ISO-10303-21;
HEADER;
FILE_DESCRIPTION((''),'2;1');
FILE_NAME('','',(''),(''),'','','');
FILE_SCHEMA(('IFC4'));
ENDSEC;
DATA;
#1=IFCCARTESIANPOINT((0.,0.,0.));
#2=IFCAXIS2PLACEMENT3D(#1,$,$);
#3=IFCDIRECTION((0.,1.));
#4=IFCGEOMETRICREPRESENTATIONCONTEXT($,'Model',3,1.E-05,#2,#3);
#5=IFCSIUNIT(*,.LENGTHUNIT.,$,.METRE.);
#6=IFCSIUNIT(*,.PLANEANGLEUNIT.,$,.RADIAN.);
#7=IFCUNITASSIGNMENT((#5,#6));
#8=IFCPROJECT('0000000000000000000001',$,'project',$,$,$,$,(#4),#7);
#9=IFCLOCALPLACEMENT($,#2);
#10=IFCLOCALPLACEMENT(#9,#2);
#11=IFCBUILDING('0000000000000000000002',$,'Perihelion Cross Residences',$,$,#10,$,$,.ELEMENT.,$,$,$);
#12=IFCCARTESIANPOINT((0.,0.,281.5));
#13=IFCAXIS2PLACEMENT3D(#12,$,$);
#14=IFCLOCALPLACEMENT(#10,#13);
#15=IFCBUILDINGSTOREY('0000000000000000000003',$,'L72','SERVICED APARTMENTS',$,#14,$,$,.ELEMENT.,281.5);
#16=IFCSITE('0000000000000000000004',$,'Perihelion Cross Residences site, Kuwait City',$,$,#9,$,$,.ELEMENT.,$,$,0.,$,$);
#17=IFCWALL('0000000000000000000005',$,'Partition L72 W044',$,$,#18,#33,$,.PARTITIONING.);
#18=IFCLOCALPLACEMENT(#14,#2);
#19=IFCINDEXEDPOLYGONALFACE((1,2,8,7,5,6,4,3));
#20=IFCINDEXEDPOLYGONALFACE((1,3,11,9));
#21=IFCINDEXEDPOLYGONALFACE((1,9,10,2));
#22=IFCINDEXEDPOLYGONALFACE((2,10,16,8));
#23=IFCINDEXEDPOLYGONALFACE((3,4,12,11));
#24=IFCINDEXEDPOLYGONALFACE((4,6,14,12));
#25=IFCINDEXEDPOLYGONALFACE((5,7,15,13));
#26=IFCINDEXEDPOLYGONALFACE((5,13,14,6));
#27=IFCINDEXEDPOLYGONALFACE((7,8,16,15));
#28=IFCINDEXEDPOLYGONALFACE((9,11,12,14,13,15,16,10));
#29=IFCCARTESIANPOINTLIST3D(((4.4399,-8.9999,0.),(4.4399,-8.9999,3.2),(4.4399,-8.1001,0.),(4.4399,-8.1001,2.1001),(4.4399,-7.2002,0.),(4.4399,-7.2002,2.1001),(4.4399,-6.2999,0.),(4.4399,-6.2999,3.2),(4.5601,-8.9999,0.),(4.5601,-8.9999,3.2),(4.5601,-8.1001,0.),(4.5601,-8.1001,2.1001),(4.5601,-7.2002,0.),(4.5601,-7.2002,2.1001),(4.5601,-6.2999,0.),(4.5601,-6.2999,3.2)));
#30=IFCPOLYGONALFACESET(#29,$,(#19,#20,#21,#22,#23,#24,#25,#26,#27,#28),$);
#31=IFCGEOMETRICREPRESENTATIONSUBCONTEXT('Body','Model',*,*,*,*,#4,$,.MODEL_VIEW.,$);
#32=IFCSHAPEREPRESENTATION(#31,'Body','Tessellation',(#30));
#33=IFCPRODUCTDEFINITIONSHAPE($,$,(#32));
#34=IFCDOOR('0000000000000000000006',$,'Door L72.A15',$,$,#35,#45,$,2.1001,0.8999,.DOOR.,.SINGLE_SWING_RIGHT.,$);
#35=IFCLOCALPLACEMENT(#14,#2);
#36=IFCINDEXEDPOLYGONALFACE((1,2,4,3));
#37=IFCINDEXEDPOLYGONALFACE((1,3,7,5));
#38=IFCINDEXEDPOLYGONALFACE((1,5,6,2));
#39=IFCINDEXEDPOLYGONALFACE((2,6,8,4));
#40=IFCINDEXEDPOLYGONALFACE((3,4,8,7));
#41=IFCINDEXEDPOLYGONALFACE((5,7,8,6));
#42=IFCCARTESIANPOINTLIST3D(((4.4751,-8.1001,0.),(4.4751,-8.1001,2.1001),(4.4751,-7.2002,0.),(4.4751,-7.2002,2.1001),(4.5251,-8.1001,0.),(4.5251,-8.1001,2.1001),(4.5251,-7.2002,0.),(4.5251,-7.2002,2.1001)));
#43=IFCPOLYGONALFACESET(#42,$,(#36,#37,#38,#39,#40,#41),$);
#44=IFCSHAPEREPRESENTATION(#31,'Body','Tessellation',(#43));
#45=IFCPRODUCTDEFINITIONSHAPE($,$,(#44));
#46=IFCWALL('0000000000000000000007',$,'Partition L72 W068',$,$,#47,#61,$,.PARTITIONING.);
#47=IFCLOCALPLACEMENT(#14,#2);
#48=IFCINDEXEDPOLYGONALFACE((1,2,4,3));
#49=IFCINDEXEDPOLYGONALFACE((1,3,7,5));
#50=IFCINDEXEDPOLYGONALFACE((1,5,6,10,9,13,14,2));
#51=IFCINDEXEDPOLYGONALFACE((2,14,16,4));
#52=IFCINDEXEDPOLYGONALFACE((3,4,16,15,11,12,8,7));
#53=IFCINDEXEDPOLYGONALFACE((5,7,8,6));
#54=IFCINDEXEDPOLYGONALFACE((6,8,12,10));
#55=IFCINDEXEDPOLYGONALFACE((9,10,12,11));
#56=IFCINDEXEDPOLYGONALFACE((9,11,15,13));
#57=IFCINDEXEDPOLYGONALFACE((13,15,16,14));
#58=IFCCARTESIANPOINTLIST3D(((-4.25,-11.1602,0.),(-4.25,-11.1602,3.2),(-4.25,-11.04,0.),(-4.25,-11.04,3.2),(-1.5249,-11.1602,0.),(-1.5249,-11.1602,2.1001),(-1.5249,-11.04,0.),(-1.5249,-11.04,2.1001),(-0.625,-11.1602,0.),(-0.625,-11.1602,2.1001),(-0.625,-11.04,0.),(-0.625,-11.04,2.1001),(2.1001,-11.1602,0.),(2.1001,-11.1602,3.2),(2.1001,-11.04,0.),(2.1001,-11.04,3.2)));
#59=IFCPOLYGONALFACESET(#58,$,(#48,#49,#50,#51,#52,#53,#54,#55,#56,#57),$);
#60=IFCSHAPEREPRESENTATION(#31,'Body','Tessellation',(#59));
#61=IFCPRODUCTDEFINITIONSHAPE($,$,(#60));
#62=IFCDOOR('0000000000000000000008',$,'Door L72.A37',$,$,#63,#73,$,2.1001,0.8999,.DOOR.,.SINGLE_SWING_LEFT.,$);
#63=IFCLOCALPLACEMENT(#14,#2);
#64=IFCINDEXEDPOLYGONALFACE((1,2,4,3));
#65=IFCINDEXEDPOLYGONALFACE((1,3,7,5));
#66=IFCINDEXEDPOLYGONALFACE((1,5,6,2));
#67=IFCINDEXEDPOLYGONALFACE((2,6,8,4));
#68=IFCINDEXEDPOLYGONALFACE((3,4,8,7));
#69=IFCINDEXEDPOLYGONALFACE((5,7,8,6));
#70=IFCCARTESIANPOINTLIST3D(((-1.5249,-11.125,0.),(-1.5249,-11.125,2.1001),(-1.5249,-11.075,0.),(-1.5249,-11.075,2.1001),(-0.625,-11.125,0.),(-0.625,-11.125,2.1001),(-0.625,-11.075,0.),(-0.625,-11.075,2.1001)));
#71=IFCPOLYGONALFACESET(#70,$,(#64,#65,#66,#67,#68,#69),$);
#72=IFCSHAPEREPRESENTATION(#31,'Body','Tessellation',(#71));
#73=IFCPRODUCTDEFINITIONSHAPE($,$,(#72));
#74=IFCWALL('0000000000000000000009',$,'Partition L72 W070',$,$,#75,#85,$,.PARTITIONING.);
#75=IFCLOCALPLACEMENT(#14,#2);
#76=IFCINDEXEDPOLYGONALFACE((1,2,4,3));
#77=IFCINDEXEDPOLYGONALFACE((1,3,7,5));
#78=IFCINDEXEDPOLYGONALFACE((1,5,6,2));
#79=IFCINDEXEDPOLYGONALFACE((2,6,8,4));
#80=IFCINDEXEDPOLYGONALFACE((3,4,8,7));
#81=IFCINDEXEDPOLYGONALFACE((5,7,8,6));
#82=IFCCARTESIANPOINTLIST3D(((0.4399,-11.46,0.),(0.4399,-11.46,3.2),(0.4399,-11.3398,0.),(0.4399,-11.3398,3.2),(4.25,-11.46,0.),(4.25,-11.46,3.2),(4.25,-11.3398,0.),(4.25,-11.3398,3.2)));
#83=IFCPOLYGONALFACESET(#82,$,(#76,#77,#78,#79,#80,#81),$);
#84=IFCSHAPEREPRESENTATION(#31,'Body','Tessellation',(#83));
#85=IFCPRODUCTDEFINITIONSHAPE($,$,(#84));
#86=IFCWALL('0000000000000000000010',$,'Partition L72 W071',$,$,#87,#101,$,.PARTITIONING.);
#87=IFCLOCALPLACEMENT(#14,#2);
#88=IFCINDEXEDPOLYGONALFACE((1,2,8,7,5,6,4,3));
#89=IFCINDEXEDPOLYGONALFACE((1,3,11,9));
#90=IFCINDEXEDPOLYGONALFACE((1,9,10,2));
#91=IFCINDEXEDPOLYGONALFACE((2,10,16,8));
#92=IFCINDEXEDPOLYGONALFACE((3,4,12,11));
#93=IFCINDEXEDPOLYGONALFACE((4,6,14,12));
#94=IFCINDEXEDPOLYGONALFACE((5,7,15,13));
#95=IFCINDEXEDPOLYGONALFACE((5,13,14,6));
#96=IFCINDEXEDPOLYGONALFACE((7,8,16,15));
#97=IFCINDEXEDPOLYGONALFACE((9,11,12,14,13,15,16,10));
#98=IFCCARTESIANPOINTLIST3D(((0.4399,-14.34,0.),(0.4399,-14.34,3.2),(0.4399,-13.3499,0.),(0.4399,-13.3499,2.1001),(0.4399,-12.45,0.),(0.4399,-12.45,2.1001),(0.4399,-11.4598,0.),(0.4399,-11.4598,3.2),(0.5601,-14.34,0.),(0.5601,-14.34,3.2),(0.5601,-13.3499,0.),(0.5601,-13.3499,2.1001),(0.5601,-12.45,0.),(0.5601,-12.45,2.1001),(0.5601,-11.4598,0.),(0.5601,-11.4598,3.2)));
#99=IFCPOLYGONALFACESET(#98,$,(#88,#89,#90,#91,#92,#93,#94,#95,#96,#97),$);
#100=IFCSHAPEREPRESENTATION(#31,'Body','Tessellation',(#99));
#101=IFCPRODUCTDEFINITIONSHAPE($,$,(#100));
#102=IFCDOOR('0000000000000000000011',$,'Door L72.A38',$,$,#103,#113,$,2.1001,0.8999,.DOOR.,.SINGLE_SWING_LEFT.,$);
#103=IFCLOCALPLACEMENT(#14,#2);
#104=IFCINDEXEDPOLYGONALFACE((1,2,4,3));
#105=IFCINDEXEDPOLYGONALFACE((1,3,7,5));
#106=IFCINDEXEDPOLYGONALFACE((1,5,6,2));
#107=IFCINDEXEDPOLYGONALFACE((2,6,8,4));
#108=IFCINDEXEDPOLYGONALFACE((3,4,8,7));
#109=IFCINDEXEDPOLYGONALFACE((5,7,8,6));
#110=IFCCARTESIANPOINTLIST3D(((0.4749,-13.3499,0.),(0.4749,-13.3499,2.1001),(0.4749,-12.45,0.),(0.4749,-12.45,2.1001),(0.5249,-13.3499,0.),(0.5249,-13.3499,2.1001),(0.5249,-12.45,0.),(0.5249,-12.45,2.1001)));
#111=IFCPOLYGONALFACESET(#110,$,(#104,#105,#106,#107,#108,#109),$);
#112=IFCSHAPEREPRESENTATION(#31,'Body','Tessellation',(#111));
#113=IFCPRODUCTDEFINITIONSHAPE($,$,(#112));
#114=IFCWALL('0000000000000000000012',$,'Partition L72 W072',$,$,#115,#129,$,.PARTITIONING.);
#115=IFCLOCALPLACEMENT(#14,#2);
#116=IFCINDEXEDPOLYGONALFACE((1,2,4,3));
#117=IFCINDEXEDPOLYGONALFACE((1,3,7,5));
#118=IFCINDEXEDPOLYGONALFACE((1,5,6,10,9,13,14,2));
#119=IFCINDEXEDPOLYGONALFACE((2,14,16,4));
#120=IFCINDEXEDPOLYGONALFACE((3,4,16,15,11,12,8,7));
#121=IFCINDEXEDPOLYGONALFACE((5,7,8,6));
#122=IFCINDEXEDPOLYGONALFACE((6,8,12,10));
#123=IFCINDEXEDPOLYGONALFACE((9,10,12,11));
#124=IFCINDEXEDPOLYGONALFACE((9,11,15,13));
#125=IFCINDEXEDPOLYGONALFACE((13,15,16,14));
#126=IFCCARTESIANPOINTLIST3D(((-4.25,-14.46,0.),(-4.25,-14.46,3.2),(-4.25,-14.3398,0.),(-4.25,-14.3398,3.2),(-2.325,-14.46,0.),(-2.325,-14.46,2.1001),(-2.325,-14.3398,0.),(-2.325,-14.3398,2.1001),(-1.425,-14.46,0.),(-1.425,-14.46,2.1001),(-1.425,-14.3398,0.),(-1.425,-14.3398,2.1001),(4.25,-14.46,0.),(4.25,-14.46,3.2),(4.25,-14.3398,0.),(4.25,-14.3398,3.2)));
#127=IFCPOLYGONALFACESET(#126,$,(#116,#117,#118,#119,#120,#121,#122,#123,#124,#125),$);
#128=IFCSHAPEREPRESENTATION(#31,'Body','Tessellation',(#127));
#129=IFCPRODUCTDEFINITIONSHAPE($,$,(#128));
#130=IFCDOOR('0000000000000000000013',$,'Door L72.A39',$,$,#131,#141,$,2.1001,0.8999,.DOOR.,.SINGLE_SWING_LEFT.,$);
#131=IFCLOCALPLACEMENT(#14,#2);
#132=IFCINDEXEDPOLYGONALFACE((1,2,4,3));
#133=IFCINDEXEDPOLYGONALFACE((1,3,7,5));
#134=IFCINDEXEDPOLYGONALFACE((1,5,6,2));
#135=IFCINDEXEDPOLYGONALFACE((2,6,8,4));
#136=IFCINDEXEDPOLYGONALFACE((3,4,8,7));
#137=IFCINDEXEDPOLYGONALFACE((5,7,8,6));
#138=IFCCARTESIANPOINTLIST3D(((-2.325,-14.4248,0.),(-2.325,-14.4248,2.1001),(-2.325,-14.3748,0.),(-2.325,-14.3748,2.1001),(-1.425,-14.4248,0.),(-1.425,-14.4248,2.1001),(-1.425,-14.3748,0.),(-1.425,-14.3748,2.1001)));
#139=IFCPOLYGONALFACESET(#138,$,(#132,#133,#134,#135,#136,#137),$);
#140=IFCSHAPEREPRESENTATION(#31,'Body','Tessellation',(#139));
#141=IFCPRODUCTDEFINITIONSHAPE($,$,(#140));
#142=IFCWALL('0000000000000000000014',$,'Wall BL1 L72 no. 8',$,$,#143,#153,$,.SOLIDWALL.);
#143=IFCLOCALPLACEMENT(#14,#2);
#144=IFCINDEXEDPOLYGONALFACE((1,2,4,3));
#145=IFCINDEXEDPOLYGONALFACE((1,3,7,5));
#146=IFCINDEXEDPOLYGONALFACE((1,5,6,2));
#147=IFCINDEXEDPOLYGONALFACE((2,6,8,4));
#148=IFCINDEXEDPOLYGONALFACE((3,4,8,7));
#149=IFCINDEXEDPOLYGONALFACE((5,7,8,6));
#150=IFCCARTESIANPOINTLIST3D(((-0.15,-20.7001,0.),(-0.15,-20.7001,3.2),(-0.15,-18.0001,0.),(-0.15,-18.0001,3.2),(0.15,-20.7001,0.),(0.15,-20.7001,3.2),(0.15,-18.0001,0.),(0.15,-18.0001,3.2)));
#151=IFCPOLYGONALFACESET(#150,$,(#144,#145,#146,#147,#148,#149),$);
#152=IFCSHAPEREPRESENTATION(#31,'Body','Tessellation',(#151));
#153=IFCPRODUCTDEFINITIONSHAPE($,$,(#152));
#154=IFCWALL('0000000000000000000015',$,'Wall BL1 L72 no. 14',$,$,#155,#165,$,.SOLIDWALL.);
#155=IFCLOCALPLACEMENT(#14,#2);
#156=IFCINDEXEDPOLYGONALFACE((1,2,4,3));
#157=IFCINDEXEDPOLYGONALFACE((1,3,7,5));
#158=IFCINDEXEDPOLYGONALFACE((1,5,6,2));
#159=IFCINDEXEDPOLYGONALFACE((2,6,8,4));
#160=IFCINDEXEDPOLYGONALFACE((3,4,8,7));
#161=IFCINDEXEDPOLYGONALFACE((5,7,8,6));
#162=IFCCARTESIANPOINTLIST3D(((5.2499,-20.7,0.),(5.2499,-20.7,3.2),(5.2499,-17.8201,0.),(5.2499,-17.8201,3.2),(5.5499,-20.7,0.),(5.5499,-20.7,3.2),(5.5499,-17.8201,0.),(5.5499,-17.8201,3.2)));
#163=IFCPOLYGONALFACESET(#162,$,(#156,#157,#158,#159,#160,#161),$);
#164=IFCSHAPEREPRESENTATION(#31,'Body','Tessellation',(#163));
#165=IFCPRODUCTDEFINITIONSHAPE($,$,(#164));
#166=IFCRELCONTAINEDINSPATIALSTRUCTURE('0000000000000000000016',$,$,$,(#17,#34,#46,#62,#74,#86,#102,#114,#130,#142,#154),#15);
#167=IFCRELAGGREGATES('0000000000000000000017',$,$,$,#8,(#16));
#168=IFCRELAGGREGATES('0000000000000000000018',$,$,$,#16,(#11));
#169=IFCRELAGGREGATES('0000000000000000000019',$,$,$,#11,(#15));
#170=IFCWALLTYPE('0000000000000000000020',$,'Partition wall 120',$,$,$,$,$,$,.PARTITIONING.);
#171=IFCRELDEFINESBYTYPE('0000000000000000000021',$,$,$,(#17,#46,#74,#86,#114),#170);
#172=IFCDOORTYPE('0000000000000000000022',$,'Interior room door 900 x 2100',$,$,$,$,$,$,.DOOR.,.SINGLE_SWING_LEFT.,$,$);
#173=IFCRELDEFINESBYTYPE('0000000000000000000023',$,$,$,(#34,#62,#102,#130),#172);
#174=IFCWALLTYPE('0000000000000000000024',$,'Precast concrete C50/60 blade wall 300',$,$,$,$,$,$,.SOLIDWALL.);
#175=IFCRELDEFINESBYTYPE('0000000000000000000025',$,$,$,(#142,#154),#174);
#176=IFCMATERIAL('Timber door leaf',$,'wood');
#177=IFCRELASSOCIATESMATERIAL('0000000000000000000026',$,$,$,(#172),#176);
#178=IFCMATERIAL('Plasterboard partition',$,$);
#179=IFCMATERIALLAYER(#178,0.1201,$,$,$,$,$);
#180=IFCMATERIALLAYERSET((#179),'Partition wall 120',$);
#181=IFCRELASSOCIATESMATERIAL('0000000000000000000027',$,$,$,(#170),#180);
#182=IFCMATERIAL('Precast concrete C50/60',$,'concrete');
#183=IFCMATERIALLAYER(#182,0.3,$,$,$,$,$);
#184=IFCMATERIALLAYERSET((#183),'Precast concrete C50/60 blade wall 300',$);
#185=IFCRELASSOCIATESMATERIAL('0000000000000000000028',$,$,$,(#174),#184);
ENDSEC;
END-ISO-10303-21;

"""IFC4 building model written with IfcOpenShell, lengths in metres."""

from ifc_helpers import new_model, si_unit, direction, frame, frame_2d, origin, place, context, subcontext, project, spatial, rectangle, extrude, material, layer, layer_set, type_object, element, fill, save


model = new_model("IFC4")

# Units and contexts
model_context = context("Model", 3, precision=1e-05, world=origin(), true_north=direction((0.0, 1.0)))
body_context = subcontext(model_context, "Body", "Model", "MODEL_VIEW")
ifc_project = project(units=[si_unit("LENGTHUNIT", "METRE"), si_unit("PLANEANGLEUNIT", "RADIAN")], contexts=[model_context])

# Site, building, storey
site_placement = place(None, origin())
site = spatial("IfcSite", under=ifc_project, at=site_placement, Name="Perihelion Cross Residences site, Kuwait City", CompositionType="ELEMENT", RefElevation=0.0)
building_placement = place(site_placement, origin())
building = spatial("IfcBuilding", under=site, at=building_placement, Name="Perihelion Cross Residences", CompositionType="ELEMENT")
storey_placement = place(building_placement, frame((0.0, 0.0, 281.5)))
storey = spatial("IfcBuildingStorey", under=building, at=storey_placement, Name="L72", Description="SERVICED APARTMENTS", CompositionType="ELEMENT", Elevation=281.5)

# Walls, openings, doors
ifc_material_1 = material(Name="Timber door leaf", Category="wood")
door_type_1 = type_object("IfcDoorType", Name="Interior room door 900 x 2100", OperationType="SINGLE_SWING_LEFT", PredefinedType="DOOR", material=ifc_material_1)
ifc_material_2 = material(Name="Plasterboard partition")
ifc_layer_1 = layer(ifc_material_2, 0.1201)
ifc_layer_set_1 = layer_set([ifc_layer_1], Name="Partition wall 120")
wall_type_1 = type_object("IfcWallType", Name="Partition wall 120", PredefinedType="PARTITIONING", material=ifc_layer_set_1)
wall_1_placement = place(storey_placement, frame((4.5, -9.0, 0.0), z_axis=(0.0, 0.0, 1.0), x_axis=(0.0, 1.0, 0.0)))
wall_1 = element("IfcWall", 1, at=wall_1_placement, inside=storey, type_object=wall_type_1, Name="Partition L72 W044", PredefinedType="PARTITIONING", context=body_context, shape_type="SweptSolid", body=[
    extrude(rectangle(XDim=2.7, YDim=0.1201, at=frame_2d((1.3501, 0.0))), origin(), (0.0, 0.0, 1.0), 3.2),
])
opening_1_placement = place(wall_1_placement, frame((0.8999, 0.0, 0.0)))
opening_1 = element("IfcOpeningElement", 2, at=opening_1_placement, cuts=wall_1, PredefinedType="OPENING", context=body_context, shape_type="SweptSolid", body=[
    extrude(rectangle(XDim=0.8999, YDim=2.1001, at=frame_2d((0.45, 1.05))), frame((0.0, 0.0701, 0.0), z_axis=(0.0, -1.0, 0.0), x_axis=(1.0, 0.0, 0.0)), (0.0, 0.0, 1.0), 0.1401),
])
door_1_placement = place(opening_1_placement, origin())
door_1 = element("IfcDoor", 3, at=door_1_placement, inside=storey, type_object=door_type_1, Name="Door L72.A15", OperationType="SINGLE_SWING_RIGHT", OverallHeight=2.1001, OverallWidth=0.8999, PredefinedType="DOOR", context=body_context, shape_type="SweptSolid", body=[
    extrude(rectangle(XDim=0.8999, YDim=2.1001, at=frame_2d((0.45, 1.05))), frame((0.0, 0.0249, 0.0), z_axis=(0.0, -1.0, 0.0), x_axis=(1.0, 0.0, 0.0)), (0.0, 0.0, 1.0), 0.05),
])
fill(opening_1, door_1)
wall_2_placement = place(storey_placement, frame((2.1001, -11.1001, 0.0), z_axis=(0.0, 0.0, 1.0), x_axis=(-1.0, 0.0, 0.0)))
wall_2 = element("IfcWall", 4, at=wall_2_placement, inside=storey, type_object=wall_type_1, Name="Partition L72 W068", PredefinedType="PARTITIONING", context=body_context, shape_type="SweptSolid", body=[
    extrude(rectangle(XDim=6.3501, YDim=0.1201, at=frame_2d((3.175, 0.0))), origin(), (0.0, 0.0, 1.0), 3.2),
])
opening_2_placement = place(wall_2_placement, frame((2.7251, 0.0, 0.0)))
opening_2 = element("IfcOpeningElement", 5, at=opening_2_placement, cuts=wall_2, PredefinedType="OPENING", context=body_context, shape_type="SweptSolid", body=[
    extrude(rectangle(XDim=0.8999, YDim=2.1001, at=frame_2d((0.45, 1.05))), frame((0.0, 0.0701, 0.0), z_axis=(0.0, -1.0, 0.0), x_axis=(1.0, 0.0, 0.0)), (0.0, 0.0, 1.0), 0.1401),
])
door_2_placement = place(opening_2_placement, origin())
door_2 = element("IfcDoor", 6, at=door_2_placement, inside=storey, type_object=door_type_1, Name="Door L72.A37", OperationType="SINGLE_SWING_LEFT", OverallHeight=2.1001, OverallWidth=0.8999, PredefinedType="DOOR", context=body_context, shape_type="SweptSolid", body=[
    extrude(rectangle(XDim=0.8999, YDim=2.1001, at=frame_2d((0.45, 1.05))), frame((0.0, 0.0249, 0.0), z_axis=(0.0, -1.0, 0.0), x_axis=(1.0, 0.0, 0.0)), (0.0, 0.0, 1.0), 0.05),
])
fill(opening_2, door_2)

# Wall
wall_3_placement = place(storey_placement, frame((4.25, -11.3999, 0.0), z_axis=(0.0, 0.0, 1.0), x_axis=(-1.0, 0.0, 0.0)))
element("IfcWall", 7, at=wall_3_placement, inside=storey, type_object=wall_type_1, Name="Partition L72 W070", PredefinedType="PARTITIONING", context=body_context, shape_type="SweptSolid", body=[
    extrude(rectangle(XDim=3.8101, YDim=0.1201, at=frame_2d((1.905, 0.0))), origin(), (0.0, 0.0, 1.0), 3.2),
])

# Walls, openings, doors
wall_4_placement = place(storey_placement, frame((0.5, -11.46, 0.0), z_axis=(0.0, 0.0, 1.0), x_axis=(0.0, -1.0, 0.0)))
wall_4 = element("IfcWall", 8, at=wall_4_placement, inside=storey, type_object=wall_type_1, Name="Partition L72 W071", PredefinedType="PARTITIONING", context=body_context, shape_type="SweptSolid", body=[
    extrude(rectangle(XDim=2.8801, YDim=0.1201, at=frame_2d((1.4399, 0.0))), origin(), (0.0, 0.0, 1.0), 3.2),
])
opening_3_placement = place(wall_4_placement, frame((0.99, 0.0, 0.0)))
opening_3 = element("IfcOpeningElement", 9, at=opening_3_placement, cuts=wall_4, PredefinedType="OPENING", context=body_context, shape_type="SweptSolid", body=[
    extrude(rectangle(XDim=0.8999, YDim=2.1001, at=frame_2d((0.45, 1.05))), frame((0.0, 0.0701, 0.0), z_axis=(0.0, -1.0, 0.0), x_axis=(1.0, 0.0, 0.0)), (0.0, 0.0, 1.0), 0.1401),
])
door_3_placement = place(opening_3_placement, origin())
door_3 = element("IfcDoor", 10, at=door_3_placement, inside=storey, type_object=door_type_1, Name="Door L72.A38", OperationType="SINGLE_SWING_LEFT", OverallHeight=2.1001, OverallWidth=0.8999, PredefinedType="DOOR", context=body_context, shape_type="SweptSolid", body=[
    extrude(rectangle(XDim=0.8999, YDim=2.1001, at=frame_2d((0.45, 1.05))), frame((0.0, 0.0249, 0.0), z_axis=(0.0, -1.0, 0.0), x_axis=(1.0, 0.0, 0.0)), (0.0, 0.0, 1.0), 0.05),
])
fill(opening_3, door_3)
wall_5_placement = place(storey_placement, frame((4.25, -14.3999, 0.0), z_axis=(0.0, 0.0, 1.0), x_axis=(-1.0, 0.0, 0.0)))
wall_5 = element("IfcWall", 11, at=wall_5_placement, inside=storey, type_object=wall_type_1, Name="Partition L72 W072", PredefinedType="PARTITIONING", context=body_context, shape_type="SweptSolid", body=[
    extrude(rectangle(XDim=8.5, YDim=0.1201, at=frame_2d((4.25, 0.0))), origin(), (0.0, 0.0, 1.0), 3.2),
])
opening_4_placement = place(wall_5_placement, frame((5.675, 0.0, 0.0)))
opening_4 = element("IfcOpeningElement", 12, at=opening_4_placement, cuts=wall_5, PredefinedType="OPENING", context=body_context, shape_type="SweptSolid", body=[
    extrude(rectangle(XDim=0.8999, YDim=2.1001, at=frame_2d((0.45, 1.05))), frame((0.0, 0.0701, 0.0), z_axis=(0.0, -1.0, 0.0), x_axis=(1.0, 0.0, 0.0)), (0.0, 0.0, 1.0), 0.1401),
])
door_4_placement = place(opening_4_placement, origin())
door_4 = element("IfcDoor", 13, at=door_4_placement, inside=storey, type_object=door_type_1, Name="Door L72.A39", OperationType="SINGLE_SWING_LEFT", OverallHeight=2.1001, OverallWidth=0.8999, PredefinedType="DOOR", context=body_context, shape_type="SweptSolid", body=[
    extrude(rectangle(XDim=0.8999, YDim=2.1001, at=frame_2d((0.45, 1.05))), frame((0.0, 0.0249, 0.0), z_axis=(0.0, -1.0, 0.0), x_axis=(1.0, 0.0, 0.0)), (0.0, 0.0, 1.0), 0.05),
])
fill(opening_4, door_4)

# Walls
ifc_material_3 = material(Name="Precast concrete C50/60", Category="concrete")
ifc_layer_2 = layer(ifc_material_3, 0.3)
ifc_layer_set_2 = layer_set([ifc_layer_2], Name="Precast concrete C50/60 blade wall 300")
wall_type_2 = type_object("IfcWallType", Name="Precast concrete C50/60 blade wall 300", PredefinedType="SOLIDWALL", material=ifc_layer_set_2)
wall_6_placement = place(storey_placement, frame((0.0, -18.0, 0.0), z_axis=(0.0, 0.0, 1.0), x_axis=(0.0, -1.0, 0.0)))
element("IfcWall", 14, at=wall_6_placement, inside=storey, type_object=wall_type_2, Name="Wall BL1 L72 no. 8", PredefinedType="SOLIDWALL", context=body_context, shape_type="SweptSolid", body=[
    extrude(rectangle(XDim=2.7, YDim=0.3, at=frame_2d((1.3501, 0.0))), origin(), (0.0, 0.0, 1.0), 3.2),
])
wall_7_placement = place(storey_placement, frame((5.3999, -17.8201, 0.0), z_axis=(0.0, 0.0, 1.0), x_axis=(0.0, -1.0, 0.0)))
element("IfcWall", 15, at=wall_7_placement, inside=storey, type_object=wall_type_2, Name="Wall BL1 L72 no. 14", PredefinedType="SOLIDWALL", context=body_context, shape_type="SweptSolid", body=[
    extrude(rectangle(XDim=2.8799, YDim=0.3, at=frame_2d((1.4399, 0.0))), origin(), (0.0, 0.0, 1.0), 3.2),
])

save(model, "model.ifc")
